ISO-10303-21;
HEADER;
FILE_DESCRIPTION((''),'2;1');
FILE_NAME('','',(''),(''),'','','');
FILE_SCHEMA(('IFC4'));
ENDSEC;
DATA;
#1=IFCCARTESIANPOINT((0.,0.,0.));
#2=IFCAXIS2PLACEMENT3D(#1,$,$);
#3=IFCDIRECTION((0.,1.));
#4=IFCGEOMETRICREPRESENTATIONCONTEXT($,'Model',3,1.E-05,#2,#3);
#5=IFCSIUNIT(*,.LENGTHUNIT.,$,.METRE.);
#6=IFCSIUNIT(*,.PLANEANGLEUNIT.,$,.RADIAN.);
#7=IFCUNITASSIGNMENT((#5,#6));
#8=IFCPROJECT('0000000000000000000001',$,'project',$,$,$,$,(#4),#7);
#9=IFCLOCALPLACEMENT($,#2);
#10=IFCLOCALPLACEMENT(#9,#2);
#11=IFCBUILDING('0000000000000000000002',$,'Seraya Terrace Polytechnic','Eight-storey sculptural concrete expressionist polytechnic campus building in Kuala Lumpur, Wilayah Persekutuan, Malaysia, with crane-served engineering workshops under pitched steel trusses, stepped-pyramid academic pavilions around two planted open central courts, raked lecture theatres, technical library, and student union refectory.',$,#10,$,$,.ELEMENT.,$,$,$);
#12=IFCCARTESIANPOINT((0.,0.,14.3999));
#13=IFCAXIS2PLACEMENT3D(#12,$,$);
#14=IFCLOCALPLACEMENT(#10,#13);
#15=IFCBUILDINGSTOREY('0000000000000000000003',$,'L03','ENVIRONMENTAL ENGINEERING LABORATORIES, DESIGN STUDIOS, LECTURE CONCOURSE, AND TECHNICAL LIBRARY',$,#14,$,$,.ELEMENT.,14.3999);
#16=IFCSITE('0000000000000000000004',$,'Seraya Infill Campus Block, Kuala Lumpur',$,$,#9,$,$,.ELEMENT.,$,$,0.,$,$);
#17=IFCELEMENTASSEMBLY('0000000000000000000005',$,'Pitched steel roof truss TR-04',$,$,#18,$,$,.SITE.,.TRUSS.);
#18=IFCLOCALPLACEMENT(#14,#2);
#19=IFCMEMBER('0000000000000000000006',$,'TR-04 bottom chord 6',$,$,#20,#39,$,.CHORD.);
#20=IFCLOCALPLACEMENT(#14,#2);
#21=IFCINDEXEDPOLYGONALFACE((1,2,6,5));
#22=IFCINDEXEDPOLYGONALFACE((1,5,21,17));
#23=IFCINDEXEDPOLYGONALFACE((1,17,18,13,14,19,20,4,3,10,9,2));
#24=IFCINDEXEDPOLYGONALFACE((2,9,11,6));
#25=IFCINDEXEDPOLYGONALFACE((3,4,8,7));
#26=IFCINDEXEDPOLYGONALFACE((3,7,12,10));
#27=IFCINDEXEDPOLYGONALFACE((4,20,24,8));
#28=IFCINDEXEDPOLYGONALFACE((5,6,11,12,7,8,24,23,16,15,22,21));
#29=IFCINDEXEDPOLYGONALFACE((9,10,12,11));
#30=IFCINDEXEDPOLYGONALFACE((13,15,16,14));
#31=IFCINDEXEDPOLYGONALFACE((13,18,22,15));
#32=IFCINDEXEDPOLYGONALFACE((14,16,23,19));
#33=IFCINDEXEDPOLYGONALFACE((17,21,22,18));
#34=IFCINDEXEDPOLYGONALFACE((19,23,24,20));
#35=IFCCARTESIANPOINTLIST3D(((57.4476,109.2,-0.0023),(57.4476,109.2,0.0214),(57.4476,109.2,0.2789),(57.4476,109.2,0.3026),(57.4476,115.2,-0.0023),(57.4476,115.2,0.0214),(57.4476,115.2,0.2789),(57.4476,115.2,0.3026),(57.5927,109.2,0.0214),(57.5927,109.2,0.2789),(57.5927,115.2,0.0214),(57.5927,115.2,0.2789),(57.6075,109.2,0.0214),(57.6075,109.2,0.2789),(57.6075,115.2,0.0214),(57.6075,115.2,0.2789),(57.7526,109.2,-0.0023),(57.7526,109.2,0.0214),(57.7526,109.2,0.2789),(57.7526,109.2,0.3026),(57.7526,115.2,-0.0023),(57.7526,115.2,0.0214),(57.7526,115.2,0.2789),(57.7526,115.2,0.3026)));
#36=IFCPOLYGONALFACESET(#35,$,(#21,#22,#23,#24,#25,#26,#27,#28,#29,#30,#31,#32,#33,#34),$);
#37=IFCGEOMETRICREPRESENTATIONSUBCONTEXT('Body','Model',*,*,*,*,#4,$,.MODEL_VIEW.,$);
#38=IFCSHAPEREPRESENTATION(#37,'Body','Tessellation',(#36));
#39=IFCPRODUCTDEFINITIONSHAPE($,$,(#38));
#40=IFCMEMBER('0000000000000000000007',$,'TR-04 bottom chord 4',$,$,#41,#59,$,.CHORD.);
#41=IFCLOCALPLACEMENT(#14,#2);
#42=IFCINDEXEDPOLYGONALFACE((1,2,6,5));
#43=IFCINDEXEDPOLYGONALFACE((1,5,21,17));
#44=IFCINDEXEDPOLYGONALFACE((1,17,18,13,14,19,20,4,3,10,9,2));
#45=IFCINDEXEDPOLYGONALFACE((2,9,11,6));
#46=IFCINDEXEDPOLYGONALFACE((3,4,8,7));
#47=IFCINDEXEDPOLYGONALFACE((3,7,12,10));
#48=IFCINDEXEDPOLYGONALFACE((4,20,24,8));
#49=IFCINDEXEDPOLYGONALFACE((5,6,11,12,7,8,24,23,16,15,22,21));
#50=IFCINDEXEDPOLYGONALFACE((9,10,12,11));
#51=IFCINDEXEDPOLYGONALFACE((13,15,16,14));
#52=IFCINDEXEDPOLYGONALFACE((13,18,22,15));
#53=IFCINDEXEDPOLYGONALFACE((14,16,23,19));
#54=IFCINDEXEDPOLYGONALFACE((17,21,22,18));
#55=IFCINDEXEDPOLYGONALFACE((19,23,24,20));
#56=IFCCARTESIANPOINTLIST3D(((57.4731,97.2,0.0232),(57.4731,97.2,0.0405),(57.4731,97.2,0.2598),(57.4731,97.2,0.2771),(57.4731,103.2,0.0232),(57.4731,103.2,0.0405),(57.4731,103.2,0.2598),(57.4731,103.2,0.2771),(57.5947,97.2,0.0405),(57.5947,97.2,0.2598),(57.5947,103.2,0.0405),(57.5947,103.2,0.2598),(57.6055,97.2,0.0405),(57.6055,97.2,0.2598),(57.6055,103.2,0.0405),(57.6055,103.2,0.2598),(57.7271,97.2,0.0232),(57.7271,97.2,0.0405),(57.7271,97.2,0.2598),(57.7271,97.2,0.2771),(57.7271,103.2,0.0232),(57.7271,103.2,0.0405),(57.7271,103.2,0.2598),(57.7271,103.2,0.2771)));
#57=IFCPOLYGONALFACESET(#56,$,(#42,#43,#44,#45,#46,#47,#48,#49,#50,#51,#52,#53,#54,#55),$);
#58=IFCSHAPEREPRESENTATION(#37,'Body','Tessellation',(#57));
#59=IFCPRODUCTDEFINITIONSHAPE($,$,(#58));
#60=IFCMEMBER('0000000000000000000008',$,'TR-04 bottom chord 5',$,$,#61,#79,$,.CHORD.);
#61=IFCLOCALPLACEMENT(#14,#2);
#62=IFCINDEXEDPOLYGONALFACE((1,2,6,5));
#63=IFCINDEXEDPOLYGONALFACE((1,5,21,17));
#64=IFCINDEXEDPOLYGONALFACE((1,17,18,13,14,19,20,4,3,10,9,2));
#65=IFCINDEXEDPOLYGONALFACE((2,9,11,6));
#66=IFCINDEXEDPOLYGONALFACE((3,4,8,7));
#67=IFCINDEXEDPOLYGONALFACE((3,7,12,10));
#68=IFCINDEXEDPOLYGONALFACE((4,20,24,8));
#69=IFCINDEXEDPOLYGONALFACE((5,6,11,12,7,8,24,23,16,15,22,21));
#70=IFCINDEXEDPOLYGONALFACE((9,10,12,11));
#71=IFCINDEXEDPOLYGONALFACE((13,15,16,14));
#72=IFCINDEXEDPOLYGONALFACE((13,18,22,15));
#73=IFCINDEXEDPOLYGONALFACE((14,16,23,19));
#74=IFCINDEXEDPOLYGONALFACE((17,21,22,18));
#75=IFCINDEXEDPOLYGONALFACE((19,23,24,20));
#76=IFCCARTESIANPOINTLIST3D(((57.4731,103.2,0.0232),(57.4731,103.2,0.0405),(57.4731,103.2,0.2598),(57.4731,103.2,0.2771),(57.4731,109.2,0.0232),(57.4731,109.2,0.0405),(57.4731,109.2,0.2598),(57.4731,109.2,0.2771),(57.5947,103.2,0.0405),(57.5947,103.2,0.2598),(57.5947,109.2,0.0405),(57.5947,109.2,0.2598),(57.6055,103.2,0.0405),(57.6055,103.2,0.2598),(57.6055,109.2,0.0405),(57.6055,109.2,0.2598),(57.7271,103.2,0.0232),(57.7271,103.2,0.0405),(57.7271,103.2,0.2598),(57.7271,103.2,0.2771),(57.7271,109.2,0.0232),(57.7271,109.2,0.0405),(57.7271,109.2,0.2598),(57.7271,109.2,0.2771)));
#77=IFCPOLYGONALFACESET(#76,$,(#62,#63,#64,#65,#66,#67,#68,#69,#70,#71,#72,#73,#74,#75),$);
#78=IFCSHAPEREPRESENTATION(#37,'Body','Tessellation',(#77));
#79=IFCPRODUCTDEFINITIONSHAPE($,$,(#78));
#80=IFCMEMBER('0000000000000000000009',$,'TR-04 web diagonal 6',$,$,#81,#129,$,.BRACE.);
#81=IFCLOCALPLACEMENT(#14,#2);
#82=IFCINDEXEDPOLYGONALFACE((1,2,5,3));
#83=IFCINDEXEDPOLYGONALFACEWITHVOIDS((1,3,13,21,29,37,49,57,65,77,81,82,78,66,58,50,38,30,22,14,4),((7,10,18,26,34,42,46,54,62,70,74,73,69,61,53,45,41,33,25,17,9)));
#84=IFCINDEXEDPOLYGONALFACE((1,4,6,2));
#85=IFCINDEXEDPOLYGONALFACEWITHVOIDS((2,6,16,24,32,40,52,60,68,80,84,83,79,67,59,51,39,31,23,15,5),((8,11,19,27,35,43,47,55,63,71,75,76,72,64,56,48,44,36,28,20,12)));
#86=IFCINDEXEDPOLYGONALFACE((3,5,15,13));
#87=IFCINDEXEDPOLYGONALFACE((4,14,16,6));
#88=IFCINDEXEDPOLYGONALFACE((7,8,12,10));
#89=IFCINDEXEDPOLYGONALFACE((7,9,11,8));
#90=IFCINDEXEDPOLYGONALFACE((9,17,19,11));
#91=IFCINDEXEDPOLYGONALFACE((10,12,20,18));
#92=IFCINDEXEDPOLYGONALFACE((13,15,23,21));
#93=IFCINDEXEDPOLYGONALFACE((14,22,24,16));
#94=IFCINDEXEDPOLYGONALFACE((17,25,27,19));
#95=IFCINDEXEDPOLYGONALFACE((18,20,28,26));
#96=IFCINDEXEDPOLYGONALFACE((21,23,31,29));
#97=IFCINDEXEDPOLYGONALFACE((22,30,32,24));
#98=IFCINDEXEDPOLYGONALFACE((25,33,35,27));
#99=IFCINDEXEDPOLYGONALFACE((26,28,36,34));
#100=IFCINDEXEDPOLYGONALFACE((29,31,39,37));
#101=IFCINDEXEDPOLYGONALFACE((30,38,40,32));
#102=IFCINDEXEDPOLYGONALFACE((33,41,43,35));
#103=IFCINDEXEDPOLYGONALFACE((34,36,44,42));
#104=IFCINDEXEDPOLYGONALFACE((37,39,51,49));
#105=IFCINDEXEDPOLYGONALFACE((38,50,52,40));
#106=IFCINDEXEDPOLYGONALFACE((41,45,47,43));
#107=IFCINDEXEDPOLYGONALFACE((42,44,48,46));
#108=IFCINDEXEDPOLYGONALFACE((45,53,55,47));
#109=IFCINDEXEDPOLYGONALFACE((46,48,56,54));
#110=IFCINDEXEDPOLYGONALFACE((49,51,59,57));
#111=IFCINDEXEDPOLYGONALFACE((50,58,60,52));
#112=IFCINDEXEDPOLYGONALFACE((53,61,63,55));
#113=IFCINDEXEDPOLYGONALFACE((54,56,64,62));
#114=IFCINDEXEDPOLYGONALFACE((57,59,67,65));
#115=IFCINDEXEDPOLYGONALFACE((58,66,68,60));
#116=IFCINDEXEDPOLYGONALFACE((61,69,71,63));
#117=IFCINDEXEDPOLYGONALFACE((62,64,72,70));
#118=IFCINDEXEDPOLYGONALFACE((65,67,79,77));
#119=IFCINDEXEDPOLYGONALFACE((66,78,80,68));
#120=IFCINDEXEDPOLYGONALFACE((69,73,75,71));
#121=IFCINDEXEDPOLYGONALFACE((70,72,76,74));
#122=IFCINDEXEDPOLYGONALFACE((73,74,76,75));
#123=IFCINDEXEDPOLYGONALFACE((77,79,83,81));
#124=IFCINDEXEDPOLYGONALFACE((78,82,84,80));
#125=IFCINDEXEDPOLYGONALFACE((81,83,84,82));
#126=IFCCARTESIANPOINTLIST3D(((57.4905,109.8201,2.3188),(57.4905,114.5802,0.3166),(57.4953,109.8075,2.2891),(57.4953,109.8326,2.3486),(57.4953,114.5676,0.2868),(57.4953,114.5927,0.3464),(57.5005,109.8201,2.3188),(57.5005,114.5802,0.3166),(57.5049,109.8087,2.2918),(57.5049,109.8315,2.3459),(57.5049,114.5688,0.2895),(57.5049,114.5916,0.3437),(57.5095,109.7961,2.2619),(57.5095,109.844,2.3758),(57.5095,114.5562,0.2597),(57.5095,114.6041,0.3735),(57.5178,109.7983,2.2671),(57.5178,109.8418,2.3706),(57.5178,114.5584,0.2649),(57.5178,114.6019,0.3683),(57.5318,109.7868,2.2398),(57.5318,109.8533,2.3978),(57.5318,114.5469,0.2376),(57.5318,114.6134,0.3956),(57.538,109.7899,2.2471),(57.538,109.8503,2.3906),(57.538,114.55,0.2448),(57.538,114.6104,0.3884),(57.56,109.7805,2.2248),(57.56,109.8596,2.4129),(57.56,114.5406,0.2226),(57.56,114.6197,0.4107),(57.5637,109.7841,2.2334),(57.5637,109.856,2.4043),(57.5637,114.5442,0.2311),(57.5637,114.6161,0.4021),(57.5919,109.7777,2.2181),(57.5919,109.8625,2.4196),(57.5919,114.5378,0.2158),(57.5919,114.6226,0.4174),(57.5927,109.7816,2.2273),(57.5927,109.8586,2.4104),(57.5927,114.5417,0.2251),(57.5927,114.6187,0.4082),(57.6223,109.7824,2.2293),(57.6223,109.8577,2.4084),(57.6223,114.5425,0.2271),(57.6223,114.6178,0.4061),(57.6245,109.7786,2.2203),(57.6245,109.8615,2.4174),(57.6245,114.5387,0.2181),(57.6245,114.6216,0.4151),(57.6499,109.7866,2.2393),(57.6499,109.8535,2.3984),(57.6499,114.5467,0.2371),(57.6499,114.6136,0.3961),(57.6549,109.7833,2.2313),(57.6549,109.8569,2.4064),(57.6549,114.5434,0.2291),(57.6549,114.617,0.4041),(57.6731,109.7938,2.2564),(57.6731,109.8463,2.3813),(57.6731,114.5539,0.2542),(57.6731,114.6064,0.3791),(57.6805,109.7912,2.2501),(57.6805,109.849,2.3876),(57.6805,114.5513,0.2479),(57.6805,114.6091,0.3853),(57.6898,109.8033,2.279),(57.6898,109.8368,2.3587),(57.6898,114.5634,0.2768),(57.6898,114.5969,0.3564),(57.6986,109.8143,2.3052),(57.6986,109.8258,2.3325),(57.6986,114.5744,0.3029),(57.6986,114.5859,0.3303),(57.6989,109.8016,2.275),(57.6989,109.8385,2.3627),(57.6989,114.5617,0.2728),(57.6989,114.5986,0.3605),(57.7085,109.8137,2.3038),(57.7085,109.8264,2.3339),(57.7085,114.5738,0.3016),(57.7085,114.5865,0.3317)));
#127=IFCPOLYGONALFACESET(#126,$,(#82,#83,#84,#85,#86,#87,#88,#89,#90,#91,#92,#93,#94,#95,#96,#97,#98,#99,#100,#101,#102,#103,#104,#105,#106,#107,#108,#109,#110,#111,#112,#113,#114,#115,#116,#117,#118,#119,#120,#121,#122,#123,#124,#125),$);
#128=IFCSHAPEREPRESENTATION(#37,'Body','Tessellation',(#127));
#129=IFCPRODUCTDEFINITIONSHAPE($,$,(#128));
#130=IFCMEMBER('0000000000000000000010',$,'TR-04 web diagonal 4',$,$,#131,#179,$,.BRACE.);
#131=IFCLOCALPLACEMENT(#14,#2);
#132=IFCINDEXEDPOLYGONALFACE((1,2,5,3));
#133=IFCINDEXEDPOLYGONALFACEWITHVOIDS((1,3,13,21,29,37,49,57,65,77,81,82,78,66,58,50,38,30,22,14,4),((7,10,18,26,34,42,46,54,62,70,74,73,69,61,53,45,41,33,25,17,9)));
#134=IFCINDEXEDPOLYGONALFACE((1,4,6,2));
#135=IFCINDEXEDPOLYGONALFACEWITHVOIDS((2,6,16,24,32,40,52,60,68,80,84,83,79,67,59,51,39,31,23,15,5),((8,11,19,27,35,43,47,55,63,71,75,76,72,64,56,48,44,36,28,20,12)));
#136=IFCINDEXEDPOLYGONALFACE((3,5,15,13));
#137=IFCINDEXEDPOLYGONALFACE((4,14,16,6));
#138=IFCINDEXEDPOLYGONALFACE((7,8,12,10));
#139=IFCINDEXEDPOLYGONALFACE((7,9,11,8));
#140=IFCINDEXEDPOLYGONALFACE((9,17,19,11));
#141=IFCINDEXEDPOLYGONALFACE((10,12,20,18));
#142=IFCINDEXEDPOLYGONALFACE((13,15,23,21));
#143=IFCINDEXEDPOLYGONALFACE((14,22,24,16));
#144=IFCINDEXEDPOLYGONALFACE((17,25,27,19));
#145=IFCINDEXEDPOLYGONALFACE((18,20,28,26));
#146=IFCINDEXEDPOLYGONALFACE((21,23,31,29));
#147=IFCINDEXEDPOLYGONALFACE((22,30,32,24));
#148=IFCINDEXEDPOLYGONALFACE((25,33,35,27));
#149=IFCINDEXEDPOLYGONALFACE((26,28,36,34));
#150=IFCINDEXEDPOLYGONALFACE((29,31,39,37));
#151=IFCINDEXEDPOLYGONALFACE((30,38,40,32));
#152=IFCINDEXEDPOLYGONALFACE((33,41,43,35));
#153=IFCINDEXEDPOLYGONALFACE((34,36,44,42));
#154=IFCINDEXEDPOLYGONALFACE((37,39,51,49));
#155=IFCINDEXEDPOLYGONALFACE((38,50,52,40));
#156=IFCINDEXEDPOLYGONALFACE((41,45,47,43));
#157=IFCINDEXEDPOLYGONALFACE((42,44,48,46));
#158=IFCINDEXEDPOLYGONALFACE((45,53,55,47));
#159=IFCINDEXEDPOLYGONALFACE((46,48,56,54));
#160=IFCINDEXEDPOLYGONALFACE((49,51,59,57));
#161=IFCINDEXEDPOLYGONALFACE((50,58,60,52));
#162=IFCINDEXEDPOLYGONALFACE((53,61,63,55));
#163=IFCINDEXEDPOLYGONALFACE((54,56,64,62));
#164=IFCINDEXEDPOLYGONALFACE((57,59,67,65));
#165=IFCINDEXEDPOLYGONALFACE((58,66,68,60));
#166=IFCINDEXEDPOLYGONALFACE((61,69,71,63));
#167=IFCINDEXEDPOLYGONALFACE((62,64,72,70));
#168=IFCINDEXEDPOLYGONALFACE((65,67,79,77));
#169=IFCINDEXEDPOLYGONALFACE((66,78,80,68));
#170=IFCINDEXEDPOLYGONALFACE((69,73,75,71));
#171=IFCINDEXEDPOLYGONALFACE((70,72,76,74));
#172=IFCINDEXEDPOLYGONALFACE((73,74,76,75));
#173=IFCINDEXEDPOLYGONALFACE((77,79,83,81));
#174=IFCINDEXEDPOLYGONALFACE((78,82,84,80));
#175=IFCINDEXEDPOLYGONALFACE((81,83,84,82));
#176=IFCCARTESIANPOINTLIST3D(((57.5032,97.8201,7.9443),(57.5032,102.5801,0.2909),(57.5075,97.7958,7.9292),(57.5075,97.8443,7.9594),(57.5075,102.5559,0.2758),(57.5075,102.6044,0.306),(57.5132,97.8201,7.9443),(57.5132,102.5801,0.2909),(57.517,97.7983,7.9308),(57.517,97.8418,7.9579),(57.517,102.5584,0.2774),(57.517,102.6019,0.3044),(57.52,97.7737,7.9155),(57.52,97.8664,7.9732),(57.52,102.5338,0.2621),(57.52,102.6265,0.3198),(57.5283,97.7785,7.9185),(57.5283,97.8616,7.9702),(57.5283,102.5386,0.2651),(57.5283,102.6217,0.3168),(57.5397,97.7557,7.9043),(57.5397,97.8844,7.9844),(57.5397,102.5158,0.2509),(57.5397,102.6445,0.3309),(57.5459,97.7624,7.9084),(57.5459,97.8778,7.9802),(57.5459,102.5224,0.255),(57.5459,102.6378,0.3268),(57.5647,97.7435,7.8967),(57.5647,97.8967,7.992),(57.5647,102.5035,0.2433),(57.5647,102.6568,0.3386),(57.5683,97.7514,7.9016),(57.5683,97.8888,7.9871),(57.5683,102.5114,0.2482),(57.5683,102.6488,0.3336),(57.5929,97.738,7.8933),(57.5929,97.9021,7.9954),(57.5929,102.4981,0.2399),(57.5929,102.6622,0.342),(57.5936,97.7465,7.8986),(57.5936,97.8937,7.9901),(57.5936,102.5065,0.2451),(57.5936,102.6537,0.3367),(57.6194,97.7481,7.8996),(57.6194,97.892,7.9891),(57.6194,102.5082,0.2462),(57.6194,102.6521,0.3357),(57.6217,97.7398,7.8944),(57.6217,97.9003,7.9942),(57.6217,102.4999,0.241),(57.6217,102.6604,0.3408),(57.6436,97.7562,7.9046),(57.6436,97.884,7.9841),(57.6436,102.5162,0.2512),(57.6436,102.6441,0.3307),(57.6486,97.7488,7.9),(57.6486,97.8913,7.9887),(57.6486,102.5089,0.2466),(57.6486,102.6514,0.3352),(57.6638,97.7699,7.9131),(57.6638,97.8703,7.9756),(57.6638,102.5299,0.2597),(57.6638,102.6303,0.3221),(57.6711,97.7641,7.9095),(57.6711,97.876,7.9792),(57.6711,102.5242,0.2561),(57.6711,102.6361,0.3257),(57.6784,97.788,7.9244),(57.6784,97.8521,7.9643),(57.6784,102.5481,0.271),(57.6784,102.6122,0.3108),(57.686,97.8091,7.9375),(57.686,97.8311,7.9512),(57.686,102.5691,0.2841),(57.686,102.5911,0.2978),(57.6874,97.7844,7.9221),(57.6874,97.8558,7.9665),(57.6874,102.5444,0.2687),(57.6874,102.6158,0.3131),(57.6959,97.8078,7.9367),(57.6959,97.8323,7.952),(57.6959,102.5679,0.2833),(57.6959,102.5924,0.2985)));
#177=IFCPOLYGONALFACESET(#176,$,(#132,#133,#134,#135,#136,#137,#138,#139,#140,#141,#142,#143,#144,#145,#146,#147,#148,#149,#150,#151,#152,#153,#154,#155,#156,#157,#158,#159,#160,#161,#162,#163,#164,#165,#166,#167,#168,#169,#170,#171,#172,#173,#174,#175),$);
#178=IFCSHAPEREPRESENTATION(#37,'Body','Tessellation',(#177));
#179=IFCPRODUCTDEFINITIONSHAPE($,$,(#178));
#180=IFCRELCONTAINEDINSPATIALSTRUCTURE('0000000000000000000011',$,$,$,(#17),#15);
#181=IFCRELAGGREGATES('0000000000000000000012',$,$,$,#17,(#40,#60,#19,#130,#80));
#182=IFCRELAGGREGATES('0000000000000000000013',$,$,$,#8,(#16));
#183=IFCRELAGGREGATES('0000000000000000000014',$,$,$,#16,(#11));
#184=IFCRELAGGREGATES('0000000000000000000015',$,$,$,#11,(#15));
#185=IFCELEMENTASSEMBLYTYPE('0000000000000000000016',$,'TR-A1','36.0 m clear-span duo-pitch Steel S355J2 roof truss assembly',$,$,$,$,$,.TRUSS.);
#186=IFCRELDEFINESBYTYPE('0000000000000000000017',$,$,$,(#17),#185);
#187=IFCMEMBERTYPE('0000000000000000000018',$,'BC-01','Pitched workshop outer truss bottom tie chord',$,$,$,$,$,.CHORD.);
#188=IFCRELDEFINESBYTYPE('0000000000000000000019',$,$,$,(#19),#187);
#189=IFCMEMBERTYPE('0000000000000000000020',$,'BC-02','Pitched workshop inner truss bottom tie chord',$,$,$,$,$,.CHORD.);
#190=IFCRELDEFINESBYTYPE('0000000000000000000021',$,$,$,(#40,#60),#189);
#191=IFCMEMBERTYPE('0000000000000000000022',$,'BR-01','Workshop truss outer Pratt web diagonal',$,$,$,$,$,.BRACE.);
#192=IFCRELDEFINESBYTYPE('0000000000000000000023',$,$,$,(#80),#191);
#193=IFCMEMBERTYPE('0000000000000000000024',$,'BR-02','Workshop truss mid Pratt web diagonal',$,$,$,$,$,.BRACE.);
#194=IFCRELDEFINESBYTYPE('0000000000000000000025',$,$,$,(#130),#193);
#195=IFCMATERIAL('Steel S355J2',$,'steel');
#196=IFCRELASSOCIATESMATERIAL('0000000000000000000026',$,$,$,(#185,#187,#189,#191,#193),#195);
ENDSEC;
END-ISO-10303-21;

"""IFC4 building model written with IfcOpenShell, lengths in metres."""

from ifc_helpers import new_model, si_unit, direction, frame, origin, origin_2d, place, context, subcontext, project, spatial, hollow_circle, i_section, extrude, material, material_profile, profile_set, type_object, element, aggregate, save


model = new_model("IFC4")

# Units and contexts
model_context = context("Model", 3, precision=1e-05, world=origin(), true_north=direction((0.0, 1.0)))
body_context = subcontext(model_context, "Body", "Model", "MODEL_VIEW")
ifc_project = project(units=[si_unit("LENGTHUNIT", "METRE"), si_unit("PLANEANGLEUNIT", "RADIAN")], contexts=[model_context])

# Site, building, storey
site_placement = place(None, origin())
site = spatial("IfcSite", under=ifc_project, at=site_placement, Name="Seraya Infill Campus Block, Kuala Lumpur", CompositionType="ELEMENT", RefElevation=0.0)
building_placement = place(site_placement, origin())
building = spatial("IfcBuilding", under=site, at=building_placement, Name="Seraya Terrace Polytechnic", Description="Eight-storey sculptural concrete expressionist polytechnic campus building in Kuala Lumpur, Wilayah Persekutuan, Malaysia, with crane-served engineering workshops under pitched steel trusses, stepped-pyramid academic pavilions around two planted open central courts, raked lecture theatres, technical library, and student union refectory.", CompositionType="ELEMENT")
storey_placement = place(building_placement, frame((0.0, 0.0, 14.3999)))
storey = spatial("IfcBuildingStorey", under=building, at=storey_placement, Name="L03", Description="ENVIRONMENTAL ENGINEERING LABORATORIES, DESIGN STUDIOS, LECTURE CONCOURSE, AND TECHNICAL LIBRARY", CompositionType="ELEMENT", Elevation=14.3999)

# Element assembly, members
ifc_material_1 = material(Name="Steel S355J2", Category="steel")
element_assembly_type = type_object("IfcElementAssemblyType", Name="TR-A1", Description="36.0 m clear-span duo-pitch Steel S355J2 roof truss assembly", PredefinedType="TRUSS", material=ifc_material_1)
assembly_placement = place(storey_placement, origin())
assembly = element("IfcElementAssembly", 1, at=assembly_placement, inside=storey, type_object=element_assembly_type, Name="Pitched steel roof truss TR-04", AssemblyPlace="SITE", PredefinedType="TRUSS")
ifc_material_profile_1 = material_profile(ifc_material_1, i_section(OverallWidth=0.3049, OverallDepth=0.3049, WebThickness=0.0149, FlangeThickness=0.0237, at=origin_2d()), Name="UKC 305x305x14.9x23.8")
ifc_profile_set_1 = profile_set([ifc_material_profile_1], Name="Steel S355J2")
member_type_1 = type_object("IfcMemberType", Name="BC-01", Description="Pitched workshop outer truss bottom tie chord", PredefinedType="CHORD", material=ifc_profile_set_1)
member_1_placement = place(storey_placement, frame((57.6001, 109.2, 0.1501), z_axis=(0.0, 1.0, 0.0), x_axis=(-1.0, 0.0, 0.0)))
member_1 = element("IfcMember", 2, at=member_1_placement, type_object=member_type_1, Name="TR-04 bottom chord 6", PredefinedType="CHORD", context=body_context, shape_type="SweptSolid", body=[
    extrude(i_section(OverallWidth=0.3049, OverallDepth=0.3049, WebThickness=0.0149, FlangeThickness=0.0237, at=origin_2d()), origin(), (0.0, 0.0, 1.0), 6.0),
])
ifc_material_profile_2 = material_profile(ifc_material_1, i_section(OverallWidth=0.2539, OverallDepth=0.2539, WebThickness=0.0107, FlangeThickness=0.0173, at=origin_2d()), Name="UKC 254x254x10.7x17.3")
ifc_profile_set_2 = profile_set([ifc_material_profile_2], Name="Steel S355J2")
member_type_2 = type_object("IfcMemberType", Name="BC-02", Description="Pitched workshop inner truss bottom tie chord", PredefinedType="CHORD", material=ifc_profile_set_2)
member_2_placement = place(storey_placement, frame((57.6001, 97.2, 0.1501), z_axis=(0.0, 1.0, 0.0), x_axis=(-1.0, 0.0, 0.0)))
member_2 = element("IfcMember", 3, at=member_2_placement, type_object=member_type_2, Name="TR-04 bottom chord 4", PredefinedType="CHORD", context=body_context, shape_type="SweptSolid", body=[
    extrude(i_section(OverallWidth=0.2539, OverallDepth=0.2539, WebThickness=0.0107, FlangeThickness=0.0173, at=origin_2d()), origin(), (0.0, 0.0, 1.0), 6.0),
])
member_3_placement = place(storey_placement, frame((57.6001, 103.2, 0.1501), z_axis=(0.0, 1.0, 0.0), x_axis=(-1.0, 0.0, 0.0)))
member_3 = element("IfcMember", 4, at=member_3_placement, type_object=member_type_2, Name="TR-04 bottom chord 5", PredefinedType="CHORD", context=body_context, shape_type="SweptSolid", body=[
    extrude(i_section(OverallWidth=0.2539, OverallDepth=0.2539, WebThickness=0.0107, FlangeThickness=0.0173, at=origin_2d()), origin(), (0.0, 0.0, 1.0), 6.0),
])
ifc_material_profile_3 = material_profile(ifc_material_1, hollow_circle(Radius=0.1096, WallThickness=0.01, at=origin_2d()), Name="CHS 219.1x10.0")
ifc_profile_set_3 = profile_set([ifc_material_profile_3], Name="Steel S355J2")
member_type_3 = type_object("IfcMemberType", Name="BR-01", Description="Workshop truss outer Pratt web diagonal", PredefinedType="BRACE", material=ifc_profile_set_3)
member_4_placement = place(storey_placement, frame((57.6001, 109.8201, 2.3188), z_axis=(0.0, 0.921775, -0.387725), x_axis=(-1.0, 0.0, 0.0)))
member_4 = element("IfcMember", 5, at=member_4_placement, type_object=member_type_3, Name="TR-04 web diagonal 6", PredefinedType="BRACE", context=body_context, shape_type="SweptSolid", body=[
    extrude(hollow_circle(Radius=0.1096, WallThickness=0.01, at=origin_2d()), origin(), (0.0, 0.0, 1.0), 5.1641),
])
ifc_material_profile_4 = material_profile(ifc_material_1, hollow_circle(Radius=0.0969, WallThickness=0.01, at=origin_2d()), Name="CHS 193.7x10.0")
ifc_profile_set_4 = profile_set([ifc_material_profile_4], Name="Steel S355J2")
member_type_4 = type_object("IfcMemberType", Name="BR-02", Description="Workshop truss mid Pratt web diagonal", PredefinedType="BRACE", material=ifc_profile_set_4)
member_5_placement = place(storey_placement, frame((57.6001, 97.8201, 7.9443), z_axis=(0.0, 0.528137, -0.849159), x_axis=(-1.0, 0.0, 0.0)))
member_5 = element("IfcMember", 6, at=member_5_placement, type_object=member_type_4, Name="TR-04 web diagonal 4", PredefinedType="BRACE", context=body_context, shape_type="SweptSolid", body=[
    extrude(hollow_circle(Radius=0.0969, WallThickness=0.01, at=origin_2d()), origin(), (0.0, 0.0, 1.0), 9.0129),
])

aggregate(assembly, [member_2, member_3, member_1, member_5, member_4])

save(model, "model.ifc")
